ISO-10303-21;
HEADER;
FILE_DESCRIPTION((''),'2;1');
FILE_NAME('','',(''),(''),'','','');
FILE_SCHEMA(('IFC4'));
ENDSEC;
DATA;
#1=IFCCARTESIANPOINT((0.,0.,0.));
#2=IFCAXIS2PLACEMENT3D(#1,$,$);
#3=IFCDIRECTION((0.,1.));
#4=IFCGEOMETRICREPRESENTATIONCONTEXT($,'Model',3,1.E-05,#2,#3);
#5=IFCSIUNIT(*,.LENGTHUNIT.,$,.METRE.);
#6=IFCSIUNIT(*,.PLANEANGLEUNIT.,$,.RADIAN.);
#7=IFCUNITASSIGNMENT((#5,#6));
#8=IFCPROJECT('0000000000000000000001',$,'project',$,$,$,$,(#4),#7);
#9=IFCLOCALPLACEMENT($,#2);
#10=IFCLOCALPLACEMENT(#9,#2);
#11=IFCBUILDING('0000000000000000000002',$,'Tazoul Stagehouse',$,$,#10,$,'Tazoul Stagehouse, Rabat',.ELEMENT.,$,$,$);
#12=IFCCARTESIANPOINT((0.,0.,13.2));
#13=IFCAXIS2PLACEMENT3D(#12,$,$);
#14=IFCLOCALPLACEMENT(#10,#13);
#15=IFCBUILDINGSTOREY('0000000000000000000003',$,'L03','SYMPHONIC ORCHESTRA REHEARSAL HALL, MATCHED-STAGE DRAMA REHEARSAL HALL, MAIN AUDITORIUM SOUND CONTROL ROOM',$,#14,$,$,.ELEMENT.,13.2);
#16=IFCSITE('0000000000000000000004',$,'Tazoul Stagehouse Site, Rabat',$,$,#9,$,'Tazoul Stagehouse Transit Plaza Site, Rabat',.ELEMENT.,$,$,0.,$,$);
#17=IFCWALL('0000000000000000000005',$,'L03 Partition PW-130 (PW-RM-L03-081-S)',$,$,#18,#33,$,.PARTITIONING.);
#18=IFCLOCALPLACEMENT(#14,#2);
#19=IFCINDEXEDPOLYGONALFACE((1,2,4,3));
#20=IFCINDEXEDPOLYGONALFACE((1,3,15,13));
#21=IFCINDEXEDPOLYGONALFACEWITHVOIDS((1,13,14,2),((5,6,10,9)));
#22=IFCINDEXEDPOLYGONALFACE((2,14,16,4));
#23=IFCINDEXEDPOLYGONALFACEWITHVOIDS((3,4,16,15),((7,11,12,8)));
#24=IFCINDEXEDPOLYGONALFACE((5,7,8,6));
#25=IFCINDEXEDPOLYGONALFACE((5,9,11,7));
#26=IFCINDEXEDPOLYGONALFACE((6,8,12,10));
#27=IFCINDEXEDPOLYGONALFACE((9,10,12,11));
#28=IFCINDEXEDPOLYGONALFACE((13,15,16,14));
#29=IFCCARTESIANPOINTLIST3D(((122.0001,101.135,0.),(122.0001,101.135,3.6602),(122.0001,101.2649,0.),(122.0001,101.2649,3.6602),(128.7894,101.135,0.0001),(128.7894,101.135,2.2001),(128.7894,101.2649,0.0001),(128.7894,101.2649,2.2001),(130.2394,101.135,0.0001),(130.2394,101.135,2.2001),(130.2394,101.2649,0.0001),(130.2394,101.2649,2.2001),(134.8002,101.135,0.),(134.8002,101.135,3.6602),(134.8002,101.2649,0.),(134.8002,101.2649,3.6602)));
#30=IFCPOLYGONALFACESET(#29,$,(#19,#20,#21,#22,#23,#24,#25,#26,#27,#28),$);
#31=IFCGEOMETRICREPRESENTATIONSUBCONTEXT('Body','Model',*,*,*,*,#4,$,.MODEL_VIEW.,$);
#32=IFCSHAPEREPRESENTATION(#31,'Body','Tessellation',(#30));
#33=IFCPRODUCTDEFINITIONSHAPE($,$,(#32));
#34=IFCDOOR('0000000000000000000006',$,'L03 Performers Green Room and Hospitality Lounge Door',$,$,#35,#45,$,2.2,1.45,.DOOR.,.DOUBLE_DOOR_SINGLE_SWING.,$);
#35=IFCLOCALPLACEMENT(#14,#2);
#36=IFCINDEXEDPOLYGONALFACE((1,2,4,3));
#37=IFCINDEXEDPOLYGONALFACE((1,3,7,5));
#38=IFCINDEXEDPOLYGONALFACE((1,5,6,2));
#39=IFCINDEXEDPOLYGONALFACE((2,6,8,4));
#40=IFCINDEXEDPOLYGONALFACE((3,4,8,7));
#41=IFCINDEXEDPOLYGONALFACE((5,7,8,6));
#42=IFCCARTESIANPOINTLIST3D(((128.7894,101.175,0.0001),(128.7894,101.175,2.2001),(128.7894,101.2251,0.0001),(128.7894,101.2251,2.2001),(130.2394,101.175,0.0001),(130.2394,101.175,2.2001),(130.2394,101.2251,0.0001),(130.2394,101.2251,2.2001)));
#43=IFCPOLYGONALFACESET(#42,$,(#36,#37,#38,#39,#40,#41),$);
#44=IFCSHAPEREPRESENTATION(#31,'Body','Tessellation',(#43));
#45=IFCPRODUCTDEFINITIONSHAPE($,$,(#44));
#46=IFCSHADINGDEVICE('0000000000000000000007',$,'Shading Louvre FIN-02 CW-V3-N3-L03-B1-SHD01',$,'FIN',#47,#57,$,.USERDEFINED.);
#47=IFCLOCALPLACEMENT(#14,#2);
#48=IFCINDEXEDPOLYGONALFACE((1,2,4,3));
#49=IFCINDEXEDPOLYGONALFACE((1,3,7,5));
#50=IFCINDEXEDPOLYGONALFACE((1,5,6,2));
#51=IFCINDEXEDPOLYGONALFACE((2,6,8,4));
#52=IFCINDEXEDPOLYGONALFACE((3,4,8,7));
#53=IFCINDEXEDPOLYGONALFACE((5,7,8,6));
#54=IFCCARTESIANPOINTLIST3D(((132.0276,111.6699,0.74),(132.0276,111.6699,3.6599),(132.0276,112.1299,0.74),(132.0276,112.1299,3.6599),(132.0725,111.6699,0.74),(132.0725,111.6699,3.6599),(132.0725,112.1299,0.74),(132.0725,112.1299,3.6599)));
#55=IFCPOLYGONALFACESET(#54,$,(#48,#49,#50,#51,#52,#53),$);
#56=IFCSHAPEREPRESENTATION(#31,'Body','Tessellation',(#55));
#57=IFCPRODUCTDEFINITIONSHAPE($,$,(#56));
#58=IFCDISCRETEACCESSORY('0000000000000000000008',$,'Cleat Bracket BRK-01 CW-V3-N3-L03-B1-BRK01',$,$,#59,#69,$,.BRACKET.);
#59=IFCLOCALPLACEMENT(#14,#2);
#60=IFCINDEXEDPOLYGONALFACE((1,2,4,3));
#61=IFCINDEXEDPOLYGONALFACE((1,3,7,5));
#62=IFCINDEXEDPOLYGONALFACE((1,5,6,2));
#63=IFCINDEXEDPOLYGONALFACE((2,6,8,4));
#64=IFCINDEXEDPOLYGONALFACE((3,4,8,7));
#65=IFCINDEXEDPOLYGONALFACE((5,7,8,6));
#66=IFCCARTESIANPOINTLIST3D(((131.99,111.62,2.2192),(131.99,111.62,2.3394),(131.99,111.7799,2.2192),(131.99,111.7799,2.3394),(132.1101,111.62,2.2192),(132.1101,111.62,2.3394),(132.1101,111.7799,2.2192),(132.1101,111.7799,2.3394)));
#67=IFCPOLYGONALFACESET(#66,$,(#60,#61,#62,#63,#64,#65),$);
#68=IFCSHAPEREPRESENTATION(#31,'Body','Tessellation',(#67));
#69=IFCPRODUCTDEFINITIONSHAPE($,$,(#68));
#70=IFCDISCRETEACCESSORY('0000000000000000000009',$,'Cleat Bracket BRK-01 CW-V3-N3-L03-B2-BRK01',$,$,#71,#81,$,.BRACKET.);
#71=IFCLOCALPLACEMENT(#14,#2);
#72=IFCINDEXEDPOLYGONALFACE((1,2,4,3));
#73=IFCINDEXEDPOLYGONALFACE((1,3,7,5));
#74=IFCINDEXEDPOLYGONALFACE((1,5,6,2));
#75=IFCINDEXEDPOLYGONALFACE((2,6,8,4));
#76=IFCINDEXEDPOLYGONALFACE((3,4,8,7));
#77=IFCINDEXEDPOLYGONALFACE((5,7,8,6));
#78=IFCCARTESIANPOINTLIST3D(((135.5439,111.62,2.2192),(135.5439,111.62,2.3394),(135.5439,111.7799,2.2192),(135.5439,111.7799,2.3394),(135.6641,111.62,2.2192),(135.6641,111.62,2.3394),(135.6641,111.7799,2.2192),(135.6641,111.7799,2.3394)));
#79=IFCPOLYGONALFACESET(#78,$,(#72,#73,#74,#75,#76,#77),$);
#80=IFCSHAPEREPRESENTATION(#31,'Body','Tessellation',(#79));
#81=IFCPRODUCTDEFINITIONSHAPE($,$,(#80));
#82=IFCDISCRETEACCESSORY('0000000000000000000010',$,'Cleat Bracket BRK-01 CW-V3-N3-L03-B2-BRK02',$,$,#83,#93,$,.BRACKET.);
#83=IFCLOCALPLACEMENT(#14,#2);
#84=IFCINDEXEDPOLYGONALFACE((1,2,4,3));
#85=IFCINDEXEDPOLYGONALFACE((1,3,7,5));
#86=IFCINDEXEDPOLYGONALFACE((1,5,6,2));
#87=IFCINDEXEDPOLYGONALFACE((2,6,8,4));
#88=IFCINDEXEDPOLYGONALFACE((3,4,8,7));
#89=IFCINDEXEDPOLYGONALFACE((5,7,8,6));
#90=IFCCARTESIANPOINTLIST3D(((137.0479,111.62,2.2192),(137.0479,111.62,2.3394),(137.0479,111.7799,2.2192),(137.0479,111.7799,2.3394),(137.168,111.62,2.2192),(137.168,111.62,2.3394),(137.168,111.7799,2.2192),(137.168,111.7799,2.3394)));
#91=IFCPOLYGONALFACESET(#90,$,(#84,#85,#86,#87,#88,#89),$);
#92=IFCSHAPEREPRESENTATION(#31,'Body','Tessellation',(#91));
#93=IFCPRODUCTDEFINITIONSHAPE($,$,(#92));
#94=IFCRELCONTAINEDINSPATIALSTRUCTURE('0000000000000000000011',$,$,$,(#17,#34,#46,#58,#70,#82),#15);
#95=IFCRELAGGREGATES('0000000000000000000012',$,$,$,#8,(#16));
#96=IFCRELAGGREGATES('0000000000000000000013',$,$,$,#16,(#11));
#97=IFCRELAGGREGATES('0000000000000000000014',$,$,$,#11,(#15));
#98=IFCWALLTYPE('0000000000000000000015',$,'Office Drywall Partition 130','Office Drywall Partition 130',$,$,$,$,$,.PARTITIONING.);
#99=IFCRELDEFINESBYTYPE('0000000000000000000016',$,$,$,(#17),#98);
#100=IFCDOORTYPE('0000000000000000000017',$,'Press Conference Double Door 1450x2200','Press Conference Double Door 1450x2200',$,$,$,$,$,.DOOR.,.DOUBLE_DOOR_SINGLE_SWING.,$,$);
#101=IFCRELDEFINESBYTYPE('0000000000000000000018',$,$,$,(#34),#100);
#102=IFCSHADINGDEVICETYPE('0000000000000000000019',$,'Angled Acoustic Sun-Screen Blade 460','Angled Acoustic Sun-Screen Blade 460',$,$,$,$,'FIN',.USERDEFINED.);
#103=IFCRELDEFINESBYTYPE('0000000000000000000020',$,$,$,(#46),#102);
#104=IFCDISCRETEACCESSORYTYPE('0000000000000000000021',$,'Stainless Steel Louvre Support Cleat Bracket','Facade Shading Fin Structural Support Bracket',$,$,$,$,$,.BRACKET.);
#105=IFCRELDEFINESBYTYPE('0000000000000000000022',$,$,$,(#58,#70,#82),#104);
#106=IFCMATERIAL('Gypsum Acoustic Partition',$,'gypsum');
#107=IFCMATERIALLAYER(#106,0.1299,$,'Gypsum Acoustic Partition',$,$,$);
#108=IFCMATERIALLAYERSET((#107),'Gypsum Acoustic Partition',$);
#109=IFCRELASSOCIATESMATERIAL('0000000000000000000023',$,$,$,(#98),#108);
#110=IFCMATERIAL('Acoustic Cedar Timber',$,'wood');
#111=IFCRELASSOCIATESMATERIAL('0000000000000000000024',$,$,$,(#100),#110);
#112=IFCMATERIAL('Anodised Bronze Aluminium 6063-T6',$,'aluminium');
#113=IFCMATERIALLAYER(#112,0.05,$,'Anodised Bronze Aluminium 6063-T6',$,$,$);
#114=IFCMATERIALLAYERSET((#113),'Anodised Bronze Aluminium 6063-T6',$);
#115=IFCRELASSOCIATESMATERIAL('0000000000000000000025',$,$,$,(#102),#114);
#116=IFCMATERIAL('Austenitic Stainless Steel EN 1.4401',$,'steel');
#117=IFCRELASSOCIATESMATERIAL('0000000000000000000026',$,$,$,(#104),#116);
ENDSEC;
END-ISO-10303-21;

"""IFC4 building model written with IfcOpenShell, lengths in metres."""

from ifc_helpers import new_model, si_unit, direction, frame, frame_2d, origin, origin_2d, place, context, subcontext, project, spatial, rectangle, extrude, material, layer, layer_set, type_object, element, fill, save


model = new_model("IFC4")

# Units and contexts
model_context = context("Model", 3, precision=1e-05, world=origin(), true_north=direction((0.0, 1.0)))
body_context = subcontext(model_context, "Body", "Model", "MODEL_VIEW")
ifc_project = project(units=[si_unit("LENGTHUNIT", "METRE"), si_unit("PLANEANGLEUNIT", "RADIAN")], contexts=[model_context])

# Site, building, storey
site_placement = place(None, origin())
site = spatial("IfcSite", under=ifc_project, at=site_placement, Name="Tazoul Stagehouse Site, Rabat", LongName="Tazoul Stagehouse Transit Plaza Site, Rabat", CompositionType="ELEMENT", RefElevation=0.0)
building_placement = place(site_placement, origin())
building = spatial("IfcBuilding", under=site, at=building_placement, Name="Tazoul Stagehouse", LongName="Tazoul Stagehouse, Rabat", CompositionType="ELEMENT")
storey_placement = place(building_placement, frame((0.0, 0.0, 13.2)))
storey = spatial("IfcBuildingStorey", under=building, at=storey_placement, Name="L03", Description="SYMPHONIC ORCHESTRA REHEARSAL HALL, MATCHED-STAGE DRAMA REHEARSAL HALL, MAIN AUDITORIUM SOUND CONTROL ROOM", CompositionType="ELEMENT", Elevation=13.2)

# Shared definitions
ifc_material_1 = material(Name="Anodised Bronze Aluminium 6063-T6", Category="aluminium")

# Wall, opening, door
ifc_material_2 = material(Name="Gypsum Acoustic Partition", Category="gypsum")
ifc_layer_1 = layer(ifc_material_2, 0.1299, Name="Gypsum Acoustic Partition")
ifc_layer_set_1 = layer_set([ifc_layer_1], Name="Gypsum Acoustic Partition")
wall_type = type_object("IfcWallType", Name="Office Drywall Partition 130", Description="Office Drywall Partition 130", PredefinedType="PARTITIONING", material=ifc_layer_set_1)
wall_placement = place(storey_placement, frame((134.8, 101.2, 0.0), z_axis=(0.0, 0.0, 1.0), x_axis=(-1.0, 0.0, 0.0)))
wall = element("IfcWall", 1, at=wall_placement, inside=storey, type_object=wall_type, Name="L03 Partition PW-130 (PW-RM-L03-081-S)", PredefinedType="PARTITIONING", context=body_context, shape_type="SweptSolid", body=[
    extrude(rectangle(XDim=12.8, YDim=0.1299, at=frame_2d((6.3999, 0.0))), origin(), (0.0, 0.0, 1.0), 3.6602),
])
opening_placement = place(wall_placement, frame((4.5605, 0.0, 0.0)))
opening = element("IfcOpeningElement", 2, at=opening_placement, cuts=wall, PredefinedType="OPENING", context=body_context, shape_type="SweptSolid", body=[
    extrude(rectangle(XDim=1.45, YDim=2.2, at=frame_2d((0.7251, 1.1001))), frame((0.0, 0.085, 0.0), z_axis=(0.0, -1.0, 0.0), x_axis=(1.0, 0.0, 0.0)), (0.0, 0.0, 1.0), 0.1699),
])
ifc_material_3 = material(Name="Acoustic Cedar Timber", Category="wood")
door_type = type_object("IfcDoorType", Name="Press Conference Double Door 1450x2200", Description="Press Conference Double Door 1450x2200", OperationType="DOUBLE_DOOR_SINGLE_SWING", PredefinedType="DOOR", material=ifc_material_3)
door_placement = place(opening_placement, origin())
door = element("IfcDoor", 3, at=door_placement, inside=storey, type_object=door_type, Name="L03 Performers Green Room and Hospitality Lounge Door", OperationType="DOUBLE_DOOR_SINGLE_SWING", OverallHeight=2.2, OverallWidth=1.45, PredefinedType="DOOR", context=body_context, shape_type="SweptSolid", body=[
    extrude(rectangle(XDim=1.45, YDim=2.2, at=frame_2d((0.7251, 1.1001))), frame((0.0, 0.0249, 0.0), z_axis=(0.0, -1.0, 0.0), x_axis=(1.0, 0.0, 0.0)), (0.0, 0.0, 1.0), 0.05),
])
fill(opening, door)

# Shading device
ifc_layer_2 = layer(ifc_material_1, 0.05, Name="Anodised Bronze Aluminium 6063-T6")
ifc_layer_set_2 = layer_set([ifc_layer_2], Name="Anodised Bronze Aluminium 6063-T6")
shading_device_type = type_object("IfcShadingDeviceType", Name="Angled Acoustic Sun-Screen Blade 460", Description="Angled Acoustic Sun-Screen Blade 460", ElementType="FIN", PredefinedType="USERDEFINED", material=ifc_layer_set_2)
shading_device_placement = place(storey_placement, frame((132.05, 111.8999, 0.74), z_axis=(0.0, 0.0, 1.0), x_axis=(1.0, 0.0, 0.0)))
element("IfcShadingDevice", 4, at=shading_device_placement, inside=storey, type_object=shading_device_type, Name="Shading Louvre FIN-02 CW-V3-N3-L03-B1-SHD01", ObjectType="FIN", PredefinedType="USERDEFINED", context=body_context, shape_type="SweptSolid", body=[
    extrude(rectangle(XDim=0.0449, YDim=0.46, at=origin_2d()), origin(), (0.0, 0.0, 1.0), 2.9199),
])

# Discrete accessories
ifc_material_4 = material(Name="Austenitic Stainless Steel EN 1.4401", Category="steel")
discrete_accessory_type = type_object("IfcDiscreteAccessoryType", Name="Stainless Steel Louvre Support Cleat Bracket", Description="Facade Shading Fin Structural Support Bracket", PredefinedType="BRACKET", material=ifc_material_4)
for number, where, z_axis, x_axis, name in (
    (5, (132.05, 111.7, 2.2192), (0.0, 0.0, 1.0), (1.0, 0.0, 0.0), "Cleat Bracket BRK-01 CW-V3-N3-L03-B1-BRK01"),
    (6, (135.604, 111.7, 2.2192), (0.0, 0.0, 1.0), (1.0, 0.0, 0.0), "Cleat Bracket BRK-01 CW-V3-N3-L03-B2-BRK01"),
    (7, (137.1079, 111.7, 2.2192), (0.0, 0.0, 1.0), (1.0, 0.0, 0.0), "Cleat Bracket BRK-01 CW-V3-N3-L03-B2-BRK02"),
):
    element("IfcDiscreteAccessory", number, at=place(storey_placement, frame(where, z_axis=z_axis, x_axis=x_axis)), inside=storey, type_object=discrete_accessory_type, Name=name, PredefinedType="BRACKET", context=body_context, shape_type="SweptSolid", body=[
        extrude(rectangle(XDim=0.1201, YDim=0.1599, at=origin_2d()), origin(), (0.0, 0.0, 1.0), 0.1201),
    ])

save(model, "model.ifc")
